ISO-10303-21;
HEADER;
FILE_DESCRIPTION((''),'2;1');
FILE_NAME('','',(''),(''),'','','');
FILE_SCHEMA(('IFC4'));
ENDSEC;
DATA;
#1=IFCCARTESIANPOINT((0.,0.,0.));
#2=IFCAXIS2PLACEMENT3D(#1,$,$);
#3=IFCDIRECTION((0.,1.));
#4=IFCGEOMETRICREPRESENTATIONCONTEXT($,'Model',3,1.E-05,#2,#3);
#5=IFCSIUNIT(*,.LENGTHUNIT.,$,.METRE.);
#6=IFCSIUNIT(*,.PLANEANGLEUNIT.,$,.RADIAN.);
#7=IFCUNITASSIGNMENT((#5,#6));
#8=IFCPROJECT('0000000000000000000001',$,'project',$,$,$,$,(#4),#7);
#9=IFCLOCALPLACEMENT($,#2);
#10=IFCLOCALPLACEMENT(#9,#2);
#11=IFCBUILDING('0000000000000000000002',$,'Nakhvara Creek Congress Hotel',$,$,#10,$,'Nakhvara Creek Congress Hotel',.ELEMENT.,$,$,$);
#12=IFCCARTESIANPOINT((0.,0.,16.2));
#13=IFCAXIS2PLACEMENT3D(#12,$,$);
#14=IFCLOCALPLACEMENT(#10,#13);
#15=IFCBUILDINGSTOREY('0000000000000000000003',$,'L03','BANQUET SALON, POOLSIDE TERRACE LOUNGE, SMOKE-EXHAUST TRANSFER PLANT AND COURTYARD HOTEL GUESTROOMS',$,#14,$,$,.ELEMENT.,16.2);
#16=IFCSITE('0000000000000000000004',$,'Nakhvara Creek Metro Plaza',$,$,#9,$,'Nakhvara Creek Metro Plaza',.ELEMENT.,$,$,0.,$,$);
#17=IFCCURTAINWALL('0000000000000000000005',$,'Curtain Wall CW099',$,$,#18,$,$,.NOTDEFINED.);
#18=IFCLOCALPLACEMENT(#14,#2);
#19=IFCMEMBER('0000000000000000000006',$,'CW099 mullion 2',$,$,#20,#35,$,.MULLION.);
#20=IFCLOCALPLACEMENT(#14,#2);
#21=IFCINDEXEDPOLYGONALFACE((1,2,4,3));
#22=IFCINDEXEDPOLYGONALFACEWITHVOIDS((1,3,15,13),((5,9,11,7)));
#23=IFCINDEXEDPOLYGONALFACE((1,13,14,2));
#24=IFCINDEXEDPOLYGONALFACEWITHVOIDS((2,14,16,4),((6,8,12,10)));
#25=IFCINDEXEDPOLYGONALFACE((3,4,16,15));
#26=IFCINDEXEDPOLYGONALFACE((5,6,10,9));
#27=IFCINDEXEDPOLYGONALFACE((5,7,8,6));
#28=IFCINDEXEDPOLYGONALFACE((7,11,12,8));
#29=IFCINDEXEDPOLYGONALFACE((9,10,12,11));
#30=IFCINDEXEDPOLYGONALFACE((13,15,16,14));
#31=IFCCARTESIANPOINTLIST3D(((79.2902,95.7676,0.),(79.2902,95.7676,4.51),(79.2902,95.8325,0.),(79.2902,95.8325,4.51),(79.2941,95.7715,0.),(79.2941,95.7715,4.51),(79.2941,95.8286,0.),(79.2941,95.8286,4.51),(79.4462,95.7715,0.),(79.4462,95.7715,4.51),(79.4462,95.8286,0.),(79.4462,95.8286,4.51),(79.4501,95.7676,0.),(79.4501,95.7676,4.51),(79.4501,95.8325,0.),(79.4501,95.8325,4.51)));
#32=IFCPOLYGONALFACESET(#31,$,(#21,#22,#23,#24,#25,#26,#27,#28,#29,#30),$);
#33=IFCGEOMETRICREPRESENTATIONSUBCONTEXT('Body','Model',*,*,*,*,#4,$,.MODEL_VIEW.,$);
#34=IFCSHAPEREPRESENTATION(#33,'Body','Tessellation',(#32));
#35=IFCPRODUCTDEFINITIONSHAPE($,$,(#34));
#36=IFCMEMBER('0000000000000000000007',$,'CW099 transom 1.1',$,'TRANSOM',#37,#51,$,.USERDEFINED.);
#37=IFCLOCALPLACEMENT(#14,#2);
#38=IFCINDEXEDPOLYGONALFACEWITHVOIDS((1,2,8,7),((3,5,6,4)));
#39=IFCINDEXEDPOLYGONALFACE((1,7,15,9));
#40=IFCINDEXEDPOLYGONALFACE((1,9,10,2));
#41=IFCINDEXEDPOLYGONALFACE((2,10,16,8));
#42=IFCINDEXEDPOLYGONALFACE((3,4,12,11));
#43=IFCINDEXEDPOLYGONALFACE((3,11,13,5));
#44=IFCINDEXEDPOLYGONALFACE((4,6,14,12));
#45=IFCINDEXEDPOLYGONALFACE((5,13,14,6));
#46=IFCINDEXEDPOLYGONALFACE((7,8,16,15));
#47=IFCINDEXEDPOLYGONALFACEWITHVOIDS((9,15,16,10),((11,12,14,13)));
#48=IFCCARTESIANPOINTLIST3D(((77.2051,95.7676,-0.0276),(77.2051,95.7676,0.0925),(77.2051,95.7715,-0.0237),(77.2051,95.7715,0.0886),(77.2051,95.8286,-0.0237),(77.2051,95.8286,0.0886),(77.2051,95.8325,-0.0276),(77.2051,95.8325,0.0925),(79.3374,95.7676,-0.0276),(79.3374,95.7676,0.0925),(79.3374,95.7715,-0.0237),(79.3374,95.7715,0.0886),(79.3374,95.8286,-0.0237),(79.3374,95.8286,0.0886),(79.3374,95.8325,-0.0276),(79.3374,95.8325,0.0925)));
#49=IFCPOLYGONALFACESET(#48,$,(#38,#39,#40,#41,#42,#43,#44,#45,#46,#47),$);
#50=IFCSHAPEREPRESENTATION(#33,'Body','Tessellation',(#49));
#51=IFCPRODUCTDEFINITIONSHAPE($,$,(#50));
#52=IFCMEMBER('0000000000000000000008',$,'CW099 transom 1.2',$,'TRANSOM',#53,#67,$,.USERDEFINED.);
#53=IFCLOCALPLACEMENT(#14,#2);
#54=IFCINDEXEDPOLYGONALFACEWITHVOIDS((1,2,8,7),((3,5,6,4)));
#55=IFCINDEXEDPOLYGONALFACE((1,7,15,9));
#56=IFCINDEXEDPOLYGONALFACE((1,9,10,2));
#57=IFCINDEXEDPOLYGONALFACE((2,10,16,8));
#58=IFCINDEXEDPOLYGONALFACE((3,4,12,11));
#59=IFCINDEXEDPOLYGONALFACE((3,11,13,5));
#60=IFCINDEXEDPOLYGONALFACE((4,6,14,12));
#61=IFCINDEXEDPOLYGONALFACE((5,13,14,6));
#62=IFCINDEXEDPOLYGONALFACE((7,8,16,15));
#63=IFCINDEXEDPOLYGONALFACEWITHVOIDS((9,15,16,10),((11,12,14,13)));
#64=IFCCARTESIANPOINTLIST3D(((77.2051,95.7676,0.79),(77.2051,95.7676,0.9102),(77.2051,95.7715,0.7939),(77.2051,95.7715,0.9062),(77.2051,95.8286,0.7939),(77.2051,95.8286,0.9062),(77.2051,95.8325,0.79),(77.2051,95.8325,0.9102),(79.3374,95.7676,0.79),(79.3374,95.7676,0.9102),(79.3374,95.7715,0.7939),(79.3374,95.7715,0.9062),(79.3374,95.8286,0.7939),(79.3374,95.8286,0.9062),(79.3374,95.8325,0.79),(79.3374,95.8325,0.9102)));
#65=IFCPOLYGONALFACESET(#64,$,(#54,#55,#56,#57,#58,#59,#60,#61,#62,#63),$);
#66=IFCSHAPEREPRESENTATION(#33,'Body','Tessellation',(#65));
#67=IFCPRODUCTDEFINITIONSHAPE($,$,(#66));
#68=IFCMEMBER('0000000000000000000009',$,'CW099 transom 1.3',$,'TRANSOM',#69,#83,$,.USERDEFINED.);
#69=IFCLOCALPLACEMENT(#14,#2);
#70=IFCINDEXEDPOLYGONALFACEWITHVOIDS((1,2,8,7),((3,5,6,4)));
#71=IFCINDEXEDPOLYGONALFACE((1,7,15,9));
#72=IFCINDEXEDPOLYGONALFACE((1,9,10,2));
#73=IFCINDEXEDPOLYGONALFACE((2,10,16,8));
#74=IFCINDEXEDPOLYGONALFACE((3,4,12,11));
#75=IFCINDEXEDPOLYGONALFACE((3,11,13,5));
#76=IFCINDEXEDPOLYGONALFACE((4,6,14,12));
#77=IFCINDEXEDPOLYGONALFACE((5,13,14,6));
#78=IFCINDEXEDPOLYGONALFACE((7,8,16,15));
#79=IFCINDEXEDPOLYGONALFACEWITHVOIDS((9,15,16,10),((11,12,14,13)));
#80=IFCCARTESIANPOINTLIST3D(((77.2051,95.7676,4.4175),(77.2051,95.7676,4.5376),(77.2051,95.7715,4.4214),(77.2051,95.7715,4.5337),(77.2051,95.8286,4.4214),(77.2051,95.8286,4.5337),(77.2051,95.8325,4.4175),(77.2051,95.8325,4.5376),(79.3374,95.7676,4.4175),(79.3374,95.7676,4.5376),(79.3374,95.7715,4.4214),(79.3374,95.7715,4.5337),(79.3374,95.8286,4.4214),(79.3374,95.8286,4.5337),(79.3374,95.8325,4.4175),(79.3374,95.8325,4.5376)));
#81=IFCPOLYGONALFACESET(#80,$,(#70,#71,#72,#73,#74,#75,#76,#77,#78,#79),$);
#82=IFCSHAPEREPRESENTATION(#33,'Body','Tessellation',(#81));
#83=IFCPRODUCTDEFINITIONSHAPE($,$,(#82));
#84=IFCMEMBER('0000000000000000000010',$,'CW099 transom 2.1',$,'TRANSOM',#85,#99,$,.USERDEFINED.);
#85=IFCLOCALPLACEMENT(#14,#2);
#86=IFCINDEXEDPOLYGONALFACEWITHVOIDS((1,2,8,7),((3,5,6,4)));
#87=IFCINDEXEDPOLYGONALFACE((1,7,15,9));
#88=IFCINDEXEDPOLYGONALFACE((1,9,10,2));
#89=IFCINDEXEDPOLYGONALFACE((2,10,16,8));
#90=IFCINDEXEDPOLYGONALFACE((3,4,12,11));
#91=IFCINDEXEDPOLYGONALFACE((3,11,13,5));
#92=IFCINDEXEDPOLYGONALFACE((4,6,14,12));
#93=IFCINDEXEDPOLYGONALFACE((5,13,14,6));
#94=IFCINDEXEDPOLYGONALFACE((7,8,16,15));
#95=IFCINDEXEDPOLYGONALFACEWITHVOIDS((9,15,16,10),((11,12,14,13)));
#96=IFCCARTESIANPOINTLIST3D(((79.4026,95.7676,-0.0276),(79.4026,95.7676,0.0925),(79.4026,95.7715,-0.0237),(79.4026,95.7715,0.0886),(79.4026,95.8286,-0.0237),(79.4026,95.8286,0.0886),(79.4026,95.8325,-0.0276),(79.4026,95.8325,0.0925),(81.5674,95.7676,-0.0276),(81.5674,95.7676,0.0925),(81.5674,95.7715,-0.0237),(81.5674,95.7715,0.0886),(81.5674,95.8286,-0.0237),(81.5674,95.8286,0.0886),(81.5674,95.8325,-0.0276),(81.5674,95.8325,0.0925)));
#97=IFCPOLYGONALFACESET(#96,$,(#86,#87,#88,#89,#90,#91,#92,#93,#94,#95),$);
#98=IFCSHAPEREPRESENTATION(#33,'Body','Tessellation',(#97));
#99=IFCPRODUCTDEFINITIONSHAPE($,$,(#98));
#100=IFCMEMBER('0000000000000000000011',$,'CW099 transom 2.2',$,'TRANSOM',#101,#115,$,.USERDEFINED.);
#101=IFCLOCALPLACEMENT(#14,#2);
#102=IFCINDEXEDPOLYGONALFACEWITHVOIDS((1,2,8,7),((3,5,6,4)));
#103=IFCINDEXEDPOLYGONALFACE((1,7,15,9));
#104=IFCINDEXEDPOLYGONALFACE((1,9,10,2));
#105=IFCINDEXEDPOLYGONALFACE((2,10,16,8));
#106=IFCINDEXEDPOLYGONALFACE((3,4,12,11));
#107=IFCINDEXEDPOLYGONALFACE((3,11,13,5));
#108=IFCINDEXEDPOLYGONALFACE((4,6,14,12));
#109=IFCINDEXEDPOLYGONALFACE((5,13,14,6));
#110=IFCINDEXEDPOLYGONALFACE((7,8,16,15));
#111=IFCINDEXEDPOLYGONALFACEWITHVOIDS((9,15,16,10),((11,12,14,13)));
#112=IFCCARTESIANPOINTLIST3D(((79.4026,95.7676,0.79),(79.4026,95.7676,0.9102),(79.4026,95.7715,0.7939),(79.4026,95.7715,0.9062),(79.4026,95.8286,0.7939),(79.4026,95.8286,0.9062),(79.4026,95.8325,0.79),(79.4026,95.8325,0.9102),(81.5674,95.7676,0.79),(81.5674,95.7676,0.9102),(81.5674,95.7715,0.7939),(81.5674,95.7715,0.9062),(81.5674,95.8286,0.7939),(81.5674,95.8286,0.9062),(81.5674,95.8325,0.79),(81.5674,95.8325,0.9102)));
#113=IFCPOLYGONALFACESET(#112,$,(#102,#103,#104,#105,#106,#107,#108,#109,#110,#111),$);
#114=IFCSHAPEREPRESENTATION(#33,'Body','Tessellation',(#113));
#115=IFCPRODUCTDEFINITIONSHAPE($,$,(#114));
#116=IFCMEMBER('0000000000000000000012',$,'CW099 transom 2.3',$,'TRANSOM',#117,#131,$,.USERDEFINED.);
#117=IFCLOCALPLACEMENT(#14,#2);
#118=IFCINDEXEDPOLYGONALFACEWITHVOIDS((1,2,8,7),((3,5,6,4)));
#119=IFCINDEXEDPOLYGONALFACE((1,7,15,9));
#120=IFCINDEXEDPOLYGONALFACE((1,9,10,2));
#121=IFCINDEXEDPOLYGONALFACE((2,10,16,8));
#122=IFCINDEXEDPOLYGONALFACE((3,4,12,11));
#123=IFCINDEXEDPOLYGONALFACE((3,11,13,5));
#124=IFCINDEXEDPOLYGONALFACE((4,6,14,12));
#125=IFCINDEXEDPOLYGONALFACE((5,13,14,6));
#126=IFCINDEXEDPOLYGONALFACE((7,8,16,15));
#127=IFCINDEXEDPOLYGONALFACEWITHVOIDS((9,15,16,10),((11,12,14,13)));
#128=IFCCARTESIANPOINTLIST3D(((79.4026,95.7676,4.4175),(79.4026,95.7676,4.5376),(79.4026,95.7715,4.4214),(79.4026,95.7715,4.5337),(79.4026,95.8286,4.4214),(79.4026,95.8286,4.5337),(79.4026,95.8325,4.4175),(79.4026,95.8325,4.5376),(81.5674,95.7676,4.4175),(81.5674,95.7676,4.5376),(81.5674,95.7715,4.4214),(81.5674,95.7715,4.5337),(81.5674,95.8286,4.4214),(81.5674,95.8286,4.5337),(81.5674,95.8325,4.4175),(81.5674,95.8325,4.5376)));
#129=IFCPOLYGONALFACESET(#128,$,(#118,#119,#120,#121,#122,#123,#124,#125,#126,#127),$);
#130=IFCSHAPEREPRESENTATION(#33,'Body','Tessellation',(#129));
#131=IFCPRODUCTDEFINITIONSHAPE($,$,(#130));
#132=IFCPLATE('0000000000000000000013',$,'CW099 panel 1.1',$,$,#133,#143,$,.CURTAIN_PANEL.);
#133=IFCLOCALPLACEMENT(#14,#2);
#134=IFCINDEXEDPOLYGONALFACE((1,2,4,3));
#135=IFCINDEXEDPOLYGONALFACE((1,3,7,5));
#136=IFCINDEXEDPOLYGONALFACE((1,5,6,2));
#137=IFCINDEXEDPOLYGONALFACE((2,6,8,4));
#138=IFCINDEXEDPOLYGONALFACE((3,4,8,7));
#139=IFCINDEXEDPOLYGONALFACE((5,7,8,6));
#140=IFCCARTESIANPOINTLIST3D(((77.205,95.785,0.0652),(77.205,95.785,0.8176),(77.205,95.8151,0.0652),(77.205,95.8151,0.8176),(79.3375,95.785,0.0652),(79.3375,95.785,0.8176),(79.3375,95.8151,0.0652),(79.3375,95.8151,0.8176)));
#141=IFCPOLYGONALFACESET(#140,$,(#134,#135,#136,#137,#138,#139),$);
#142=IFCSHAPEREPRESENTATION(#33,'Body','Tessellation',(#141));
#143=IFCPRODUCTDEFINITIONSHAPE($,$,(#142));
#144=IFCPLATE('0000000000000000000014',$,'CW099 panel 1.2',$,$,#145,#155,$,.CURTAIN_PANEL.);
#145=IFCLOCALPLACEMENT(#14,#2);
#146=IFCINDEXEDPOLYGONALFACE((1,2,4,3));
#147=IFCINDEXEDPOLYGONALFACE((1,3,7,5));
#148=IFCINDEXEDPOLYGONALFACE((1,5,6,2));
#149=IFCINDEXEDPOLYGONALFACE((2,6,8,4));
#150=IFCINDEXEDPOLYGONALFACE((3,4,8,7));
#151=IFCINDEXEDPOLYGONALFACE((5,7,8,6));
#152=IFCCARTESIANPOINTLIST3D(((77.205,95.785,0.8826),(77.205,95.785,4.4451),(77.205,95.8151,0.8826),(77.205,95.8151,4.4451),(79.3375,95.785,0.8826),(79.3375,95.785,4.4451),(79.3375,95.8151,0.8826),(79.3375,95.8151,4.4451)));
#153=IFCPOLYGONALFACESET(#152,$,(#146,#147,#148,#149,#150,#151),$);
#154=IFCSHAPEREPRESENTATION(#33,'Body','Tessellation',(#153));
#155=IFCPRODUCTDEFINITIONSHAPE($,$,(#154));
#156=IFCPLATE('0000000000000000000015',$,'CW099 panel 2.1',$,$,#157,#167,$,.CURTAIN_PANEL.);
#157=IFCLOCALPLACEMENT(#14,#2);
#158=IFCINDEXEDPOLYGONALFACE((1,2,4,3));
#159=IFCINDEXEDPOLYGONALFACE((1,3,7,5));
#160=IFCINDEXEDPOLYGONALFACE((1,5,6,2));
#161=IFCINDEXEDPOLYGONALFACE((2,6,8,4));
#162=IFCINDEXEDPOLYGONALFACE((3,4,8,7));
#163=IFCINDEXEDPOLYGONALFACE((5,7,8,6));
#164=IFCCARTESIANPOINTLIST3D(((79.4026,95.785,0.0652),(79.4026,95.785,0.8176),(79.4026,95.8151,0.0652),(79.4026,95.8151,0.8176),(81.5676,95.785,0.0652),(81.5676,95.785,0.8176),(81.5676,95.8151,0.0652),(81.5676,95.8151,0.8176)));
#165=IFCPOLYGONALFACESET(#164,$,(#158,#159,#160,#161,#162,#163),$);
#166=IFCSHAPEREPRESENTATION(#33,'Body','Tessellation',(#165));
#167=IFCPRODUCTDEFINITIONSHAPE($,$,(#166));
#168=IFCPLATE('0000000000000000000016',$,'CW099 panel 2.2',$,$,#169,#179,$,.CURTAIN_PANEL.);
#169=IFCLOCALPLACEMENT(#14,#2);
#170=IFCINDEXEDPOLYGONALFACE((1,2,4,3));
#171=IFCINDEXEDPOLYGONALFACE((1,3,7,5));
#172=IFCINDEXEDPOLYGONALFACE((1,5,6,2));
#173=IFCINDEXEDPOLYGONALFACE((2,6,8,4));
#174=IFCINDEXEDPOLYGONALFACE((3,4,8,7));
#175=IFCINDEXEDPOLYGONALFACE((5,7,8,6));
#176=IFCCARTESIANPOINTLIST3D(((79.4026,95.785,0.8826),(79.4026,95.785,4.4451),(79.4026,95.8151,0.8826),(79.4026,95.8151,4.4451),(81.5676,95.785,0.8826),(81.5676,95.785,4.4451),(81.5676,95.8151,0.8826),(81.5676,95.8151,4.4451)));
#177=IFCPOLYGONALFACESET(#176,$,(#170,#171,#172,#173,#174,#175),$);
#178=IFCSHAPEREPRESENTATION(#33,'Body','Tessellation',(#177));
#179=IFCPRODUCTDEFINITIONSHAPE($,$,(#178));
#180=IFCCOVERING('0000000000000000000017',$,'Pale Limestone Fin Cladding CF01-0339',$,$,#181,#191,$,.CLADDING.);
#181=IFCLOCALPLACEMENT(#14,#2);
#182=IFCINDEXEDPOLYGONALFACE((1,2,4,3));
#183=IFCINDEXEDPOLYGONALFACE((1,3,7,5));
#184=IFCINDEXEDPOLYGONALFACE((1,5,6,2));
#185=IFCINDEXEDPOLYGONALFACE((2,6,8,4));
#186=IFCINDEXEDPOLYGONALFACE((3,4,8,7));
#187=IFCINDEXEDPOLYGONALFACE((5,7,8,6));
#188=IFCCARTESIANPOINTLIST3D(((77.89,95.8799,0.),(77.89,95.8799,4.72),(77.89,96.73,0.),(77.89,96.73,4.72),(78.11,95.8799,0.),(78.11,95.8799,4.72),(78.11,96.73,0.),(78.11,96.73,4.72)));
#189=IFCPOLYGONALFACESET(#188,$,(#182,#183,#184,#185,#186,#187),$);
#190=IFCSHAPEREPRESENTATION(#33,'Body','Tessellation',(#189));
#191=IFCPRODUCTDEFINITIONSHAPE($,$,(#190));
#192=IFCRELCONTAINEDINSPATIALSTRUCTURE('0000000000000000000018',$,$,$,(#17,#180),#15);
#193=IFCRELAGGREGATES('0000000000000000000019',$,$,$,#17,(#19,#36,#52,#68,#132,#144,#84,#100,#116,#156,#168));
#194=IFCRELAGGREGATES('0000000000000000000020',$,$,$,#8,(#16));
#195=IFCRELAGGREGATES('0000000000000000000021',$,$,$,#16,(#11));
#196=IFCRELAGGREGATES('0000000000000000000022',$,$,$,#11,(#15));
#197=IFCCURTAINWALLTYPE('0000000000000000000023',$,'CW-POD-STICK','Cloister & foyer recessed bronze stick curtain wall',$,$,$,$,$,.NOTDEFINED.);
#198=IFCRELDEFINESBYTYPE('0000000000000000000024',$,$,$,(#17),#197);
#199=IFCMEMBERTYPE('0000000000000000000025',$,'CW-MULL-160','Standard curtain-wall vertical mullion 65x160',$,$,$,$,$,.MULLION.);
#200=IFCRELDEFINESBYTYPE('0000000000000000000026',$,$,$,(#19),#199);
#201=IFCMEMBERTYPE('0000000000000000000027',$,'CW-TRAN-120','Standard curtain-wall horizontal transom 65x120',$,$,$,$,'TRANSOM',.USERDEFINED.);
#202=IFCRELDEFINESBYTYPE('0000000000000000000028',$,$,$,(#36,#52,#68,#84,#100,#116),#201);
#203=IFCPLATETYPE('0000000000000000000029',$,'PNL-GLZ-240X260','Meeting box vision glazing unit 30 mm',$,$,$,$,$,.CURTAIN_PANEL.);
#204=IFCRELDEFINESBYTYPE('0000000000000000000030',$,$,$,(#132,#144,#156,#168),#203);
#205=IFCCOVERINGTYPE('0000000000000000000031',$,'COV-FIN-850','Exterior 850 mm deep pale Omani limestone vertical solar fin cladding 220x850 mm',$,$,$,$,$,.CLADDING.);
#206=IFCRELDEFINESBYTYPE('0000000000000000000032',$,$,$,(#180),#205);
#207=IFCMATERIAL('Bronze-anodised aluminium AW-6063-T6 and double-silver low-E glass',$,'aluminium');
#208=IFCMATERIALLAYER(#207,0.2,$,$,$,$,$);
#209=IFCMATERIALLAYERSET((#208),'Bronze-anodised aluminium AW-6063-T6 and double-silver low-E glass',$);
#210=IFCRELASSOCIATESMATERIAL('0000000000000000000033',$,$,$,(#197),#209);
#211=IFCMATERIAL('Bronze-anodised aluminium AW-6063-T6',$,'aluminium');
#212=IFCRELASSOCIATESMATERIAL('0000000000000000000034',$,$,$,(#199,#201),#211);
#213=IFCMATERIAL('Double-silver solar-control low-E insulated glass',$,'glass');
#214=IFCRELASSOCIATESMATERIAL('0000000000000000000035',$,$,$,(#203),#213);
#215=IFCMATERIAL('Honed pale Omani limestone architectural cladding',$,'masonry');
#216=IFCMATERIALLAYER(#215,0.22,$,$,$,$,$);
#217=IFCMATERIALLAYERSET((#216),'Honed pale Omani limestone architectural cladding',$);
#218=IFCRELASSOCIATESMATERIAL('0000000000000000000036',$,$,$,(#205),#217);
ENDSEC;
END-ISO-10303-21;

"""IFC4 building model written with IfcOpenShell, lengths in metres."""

from ifc_helpers import new_model, si_unit, direction, frame, origin, origin_2d, place, context, subcontext, project, spatial, rectangle, hollow_rectangle, extrude, material, layer, layer_set, material_profile, profile_set, type_object, element, aggregate, save


model = new_model("IFC4")

# Units and contexts
model_context = context("Model", 3, precision=1e-05, world=origin(), true_north=direction((0.0, 1.0)))
body_context = subcontext(model_context, "Body", "Model", "MODEL_VIEW")
ifc_project = project(units=[si_unit("LENGTHUNIT", "METRE"), si_unit("PLANEANGLEUNIT", "RADIAN")], contexts=[model_context])

# Site, building, storey
site_placement = place(None, origin())
site = spatial("IfcSite", under=ifc_project, at=site_placement, Name="Nakhvara Creek Metro Plaza", LongName="Nakhvara Creek Metro Plaza", CompositionType="ELEMENT", RefElevation=0.0)
building_placement = place(site_placement, origin())
building = spatial("IfcBuilding", under=site, at=building_placement, Name="Nakhvara Creek Congress Hotel", LongName="Nakhvara Creek Congress Hotel", CompositionType="ELEMENT")
storey_placement = place(building_placement, frame((0.0, 0.0, 16.2)))
storey = spatial("IfcBuildingStorey", under=building, at=storey_placement, Name="L03", Description="BANQUET SALON, POOLSIDE TERRACE LOUNGE, SMOKE-EXHAUST TRANSFER PLANT AND COURTYARD HOTEL GUESTROOMS", CompositionType="ELEMENT", Elevation=16.2)

# Curtain wall, members, plates
ifc_material_1 = material(Name="Bronze-anodised aluminium AW-6063-T6 and double-silver low-E glass", Category="aluminium")
ifc_layer_1 = layer(ifc_material_1, 0.2)
ifc_layer_set_1 = layer_set([ifc_layer_1], Name="Bronze-anodised aluminium AW-6063-T6 and double-silver low-E glass")
curtain_wall_type = type_object("IfcCurtainWallType", Name="CW-POD-STICK", Description="Cloister & foyer recessed bronze stick curtain wall", PredefinedType="NOTDEFINED", material=ifc_layer_set_1)
curtain_wall_placement = place(storey_placement, origin())
curtain_wall = element("IfcCurtainWall", 1, at=curtain_wall_placement, inside=storey, type_object=curtain_wall_type, Name="Curtain Wall CW099", PredefinedType="NOTDEFINED")
ifc_material_2 = material(Name="Bronze-anodised aluminium AW-6063-T6", Category="aluminium")
ifc_material_profile_1 = material_profile(ifc_material_2, hollow_rectangle(XDim=0.0649, YDim=0.1599, WallThickness=0.0039, at=origin_2d()), Name="ALU-MULL 65x160x4", Category="LoadBearing")
ifc_profile_set_1 = profile_set([ifc_material_profile_1], Name="Bronze-anodised aluminium AW-6063-T6")
member_type_1 = type_object("IfcMemberType", Name="CW-MULL-160", Description="Standard curtain-wall vertical mullion 65x160", PredefinedType="MULLION", material=ifc_profile_set_1)
member_1_placement = place(storey_placement, frame((79.3701, 95.8, 0.0), z_axis=(0.0, 0.0, 1.0), x_axis=(0.0, 1.0, 0.0)))
member_1 = element("IfcMember", 2, at=member_1_placement, type_object=member_type_1, Name="CW099 mullion 2", PredefinedType="MULLION", context=body_context, shape_type="SweptSolid", body=[
    extrude(hollow_rectangle(XDim=0.0649, YDim=0.1599, WallThickness=0.0039, at=origin_2d()), origin(), (0.0, 0.0, 1.0), 4.51),
])
ifc_material_profile_2 = material_profile(ifc_material_2, hollow_rectangle(XDim=0.0649, YDim=0.1201, WallThickness=0.0039, at=origin_2d()), Name="ALU-TRAN 65x120x4", Category="LoadBearing")
ifc_profile_set_2 = profile_set([ifc_material_profile_2], Name="Bronze-anodised aluminium AW-6063-T6")
member_type_2 = type_object("IfcMemberType", Name="CW-TRAN-120", Description="Standard curtain-wall horizontal transom 65x120", ElementType="TRANSOM", PredefinedType="USERDEFINED", material=ifc_profile_set_2)
member_2_placement = place(storey_placement, frame((77.2051, 95.8, 0.0325), z_axis=(1.0, 0.0, 0.0), x_axis=(0.0, 1.0, 0.0)))
member_2 = element("IfcMember", 3, at=member_2_placement, type_object=member_type_2, Name="CW099 transom 1.1", ObjectType="TRANSOM", PredefinedType="USERDEFINED", context=body_context, shape_type="SweptSolid", body=[
    extrude(hollow_rectangle(XDim=0.0649, YDim=0.1201, WallThickness=0.0039, at=origin_2d()), origin(), (0.0, 0.0, 1.0), 2.1323),
])
member_3_placement = place(storey_placement, frame((77.2051, 95.8, 0.8501), z_axis=(1.0, 0.0, 0.0), x_axis=(0.0, 1.0, 0.0)))
member_3 = element("IfcMember", 4, at=member_3_placement, type_object=member_type_2, Name="CW099 transom 1.2", ObjectType="TRANSOM", PredefinedType="USERDEFINED", context=body_context, shape_type="SweptSolid", body=[
    extrude(hollow_rectangle(XDim=0.0649, YDim=0.1201, WallThickness=0.0039, at=origin_2d()), origin(), (0.0, 0.0, 1.0), 2.1323),
])
member_4_placement = place(storey_placement, frame((77.2051, 95.8, 4.4775), z_axis=(1.0, 0.0, 0.0), x_axis=(0.0, 1.0, 0.0)))
member_4 = element("IfcMember", 5, at=member_4_placement, type_object=member_type_2, Name="CW099 transom 1.3", ObjectType="TRANSOM", PredefinedType="USERDEFINED", context=body_context, shape_type="SweptSolid", body=[
    extrude(hollow_rectangle(XDim=0.0649, YDim=0.1201, WallThickness=0.0039, at=origin_2d()), origin(), (0.0, 0.0, 1.0), 2.1323),
])
member_5_placement = place(storey_placement, frame((79.4026, 95.8, 0.0325), z_axis=(1.0, 0.0, 0.0), x_axis=(0.0, 1.0, 0.0)))
member_5 = element("IfcMember", 6, at=member_5_placement, type_object=member_type_2, Name="CW099 transom 2.1", ObjectType="TRANSOM", PredefinedType="USERDEFINED", context=body_context, shape_type="SweptSolid", body=[
    extrude(hollow_rectangle(XDim=0.0649, YDim=0.1201, WallThickness=0.0039, at=origin_2d()), origin(), (0.0, 0.0, 1.0), 2.1648),
])
member_6_placement = place(storey_placement, frame((79.4026, 95.8, 0.8501), z_axis=(1.0, 0.0, 0.0), x_axis=(0.0, 1.0, 0.0)))
member_6 = element("IfcMember", 7, at=member_6_placement, type_object=member_type_2, Name="CW099 transom 2.2", ObjectType="TRANSOM", PredefinedType="USERDEFINED", context=body_context, shape_type="SweptSolid", body=[
    extrude(hollow_rectangle(XDim=0.0649, YDim=0.1201, WallThickness=0.0039, at=origin_2d()), origin(), (0.0, 0.0, 1.0), 2.1648),
])
member_7_placement = place(storey_placement, frame((79.4026, 95.8, 4.4775), z_axis=(1.0, 0.0, 0.0), x_axis=(0.0, 1.0, 0.0)))
member_7 = element("IfcMember", 8, at=member_7_placement, type_object=member_type_2, Name="CW099 transom 2.3", ObjectType="TRANSOM", PredefinedType="USERDEFINED", context=body_context, shape_type="SweptSolid", body=[
    extrude(hollow_rectangle(XDim=0.0649, YDim=0.1201, WallThickness=0.0039, at=origin_2d()), origin(), (0.0, 0.0, 1.0), 2.1648),
])
ifc_material_3 = material(Name="Double-silver solar-control low-E insulated glass", Category="glass")
plate_type = type_object("IfcPlateType", Name="PNL-GLZ-240X260", Description="Meeting box vision glazing unit 30 mm", PredefinedType="CURTAIN_PANEL", material=ifc_material_3)
plate_1_placement = place(storey_placement, frame((78.2712, 95.8, 0.0652), z_axis=(0.0, 0.0, 1.0), x_axis=(1.0, 0.0, 0.0)))
plate_1 = element("IfcPlate", 9, at=plate_1_placement, type_object=plate_type, Name="CW099 panel 1.1", PredefinedType="CURTAIN_PANEL", context=body_context, shape_type="SweptSolid", body=[
    extrude(rectangle(XDim=2.1326, YDim=0.03, at=origin_2d()), origin(), (0.0, 0.0, 1.0), 0.7524),
])
plate_2_placement = place(storey_placement, frame((78.2712, 95.8, 0.8826), z_axis=(0.0, 0.0, 1.0), x_axis=(1.0, 0.0, 0.0)))
plate_2 = element("IfcPlate", 10, at=plate_2_placement, type_object=plate_type, Name="CW099 panel 1.2", PredefinedType="CURTAIN_PANEL", context=body_context, shape_type="SweptSolid", body=[
    extrude(rectangle(XDim=2.1326, YDim=0.03, at=origin_2d()), origin(), (0.0, 0.0, 1.0), 3.5625),
])
plate_3_placement = place(storey_placement, frame((80.4851, 95.8, 0.0652), z_axis=(0.0, 0.0, 1.0), x_axis=(1.0, 0.0, 0.0)))
plate_3 = element("IfcPlate", 11, at=plate_3_placement, type_object=plate_type, Name="CW099 panel 2.1", PredefinedType="CURTAIN_PANEL", context=body_context, shape_type="SweptSolid", body=[
    extrude(rectangle(XDim=2.165, YDim=0.03, at=origin_2d()), origin(), (0.0, 0.0, 1.0), 0.7524),
])
plate_4_placement = place(storey_placement, frame((80.4851, 95.8, 0.8826), z_axis=(0.0, 0.0, 1.0), x_axis=(1.0, 0.0, 0.0)))
plate_4 = element("IfcPlate", 12, at=plate_4_placement, type_object=plate_type, Name="CW099 panel 2.2", PredefinedType="CURTAIN_PANEL", context=body_context, shape_type="SweptSolid", body=[
    extrude(rectangle(XDim=2.165, YDim=0.03, at=origin_2d()), origin(), (0.0, 0.0, 1.0), 3.5625),
])
aggregate(curtain_wall, [member_1, member_2, member_3, member_4, plate_1, plate_2, member_5, member_6, member_7, plate_3, plate_4])

# Covering
ifc_material_4 = material(Name="Honed pale Omani limestone architectural cladding", Category="masonry")
ifc_layer_2 = layer(ifc_material_4, 0.22)
ifc_layer_set_2 = layer_set([ifc_layer_2], Name="Honed pale Omani limestone architectural cladding")
covering_type = type_object("IfcCoveringType", Name="COV-FIN-850", Description="Exterior 850 mm deep pale Omani limestone vertical solar fin cladding 220x850 mm", PredefinedType="CLADDING", material=ifc_layer_set_2)
for number, where, z_axis, x_axis, name in (
    (13, (78.0, 96.3049, 0.0), (0.0, 0.0, 1.0), (1.0, 0.0, 0.0), "Pale Limestone Fin Cladding CF01-0339"),
):
    element("IfcCovering", number, at=place(storey_placement, frame(where, z_axis=z_axis, x_axis=x_axis)), inside=storey, type_object=covering_type, Name=name, PredefinedType="CLADDING", context=body_context, shape_type="SweptSolid", body=[
        extrude(rectangle(XDim=0.22, YDim=0.8501, at=origin_2d()), origin(), (0.0, 0.0, 1.0), 4.72),
    ])

save(model, "model.ifc")
